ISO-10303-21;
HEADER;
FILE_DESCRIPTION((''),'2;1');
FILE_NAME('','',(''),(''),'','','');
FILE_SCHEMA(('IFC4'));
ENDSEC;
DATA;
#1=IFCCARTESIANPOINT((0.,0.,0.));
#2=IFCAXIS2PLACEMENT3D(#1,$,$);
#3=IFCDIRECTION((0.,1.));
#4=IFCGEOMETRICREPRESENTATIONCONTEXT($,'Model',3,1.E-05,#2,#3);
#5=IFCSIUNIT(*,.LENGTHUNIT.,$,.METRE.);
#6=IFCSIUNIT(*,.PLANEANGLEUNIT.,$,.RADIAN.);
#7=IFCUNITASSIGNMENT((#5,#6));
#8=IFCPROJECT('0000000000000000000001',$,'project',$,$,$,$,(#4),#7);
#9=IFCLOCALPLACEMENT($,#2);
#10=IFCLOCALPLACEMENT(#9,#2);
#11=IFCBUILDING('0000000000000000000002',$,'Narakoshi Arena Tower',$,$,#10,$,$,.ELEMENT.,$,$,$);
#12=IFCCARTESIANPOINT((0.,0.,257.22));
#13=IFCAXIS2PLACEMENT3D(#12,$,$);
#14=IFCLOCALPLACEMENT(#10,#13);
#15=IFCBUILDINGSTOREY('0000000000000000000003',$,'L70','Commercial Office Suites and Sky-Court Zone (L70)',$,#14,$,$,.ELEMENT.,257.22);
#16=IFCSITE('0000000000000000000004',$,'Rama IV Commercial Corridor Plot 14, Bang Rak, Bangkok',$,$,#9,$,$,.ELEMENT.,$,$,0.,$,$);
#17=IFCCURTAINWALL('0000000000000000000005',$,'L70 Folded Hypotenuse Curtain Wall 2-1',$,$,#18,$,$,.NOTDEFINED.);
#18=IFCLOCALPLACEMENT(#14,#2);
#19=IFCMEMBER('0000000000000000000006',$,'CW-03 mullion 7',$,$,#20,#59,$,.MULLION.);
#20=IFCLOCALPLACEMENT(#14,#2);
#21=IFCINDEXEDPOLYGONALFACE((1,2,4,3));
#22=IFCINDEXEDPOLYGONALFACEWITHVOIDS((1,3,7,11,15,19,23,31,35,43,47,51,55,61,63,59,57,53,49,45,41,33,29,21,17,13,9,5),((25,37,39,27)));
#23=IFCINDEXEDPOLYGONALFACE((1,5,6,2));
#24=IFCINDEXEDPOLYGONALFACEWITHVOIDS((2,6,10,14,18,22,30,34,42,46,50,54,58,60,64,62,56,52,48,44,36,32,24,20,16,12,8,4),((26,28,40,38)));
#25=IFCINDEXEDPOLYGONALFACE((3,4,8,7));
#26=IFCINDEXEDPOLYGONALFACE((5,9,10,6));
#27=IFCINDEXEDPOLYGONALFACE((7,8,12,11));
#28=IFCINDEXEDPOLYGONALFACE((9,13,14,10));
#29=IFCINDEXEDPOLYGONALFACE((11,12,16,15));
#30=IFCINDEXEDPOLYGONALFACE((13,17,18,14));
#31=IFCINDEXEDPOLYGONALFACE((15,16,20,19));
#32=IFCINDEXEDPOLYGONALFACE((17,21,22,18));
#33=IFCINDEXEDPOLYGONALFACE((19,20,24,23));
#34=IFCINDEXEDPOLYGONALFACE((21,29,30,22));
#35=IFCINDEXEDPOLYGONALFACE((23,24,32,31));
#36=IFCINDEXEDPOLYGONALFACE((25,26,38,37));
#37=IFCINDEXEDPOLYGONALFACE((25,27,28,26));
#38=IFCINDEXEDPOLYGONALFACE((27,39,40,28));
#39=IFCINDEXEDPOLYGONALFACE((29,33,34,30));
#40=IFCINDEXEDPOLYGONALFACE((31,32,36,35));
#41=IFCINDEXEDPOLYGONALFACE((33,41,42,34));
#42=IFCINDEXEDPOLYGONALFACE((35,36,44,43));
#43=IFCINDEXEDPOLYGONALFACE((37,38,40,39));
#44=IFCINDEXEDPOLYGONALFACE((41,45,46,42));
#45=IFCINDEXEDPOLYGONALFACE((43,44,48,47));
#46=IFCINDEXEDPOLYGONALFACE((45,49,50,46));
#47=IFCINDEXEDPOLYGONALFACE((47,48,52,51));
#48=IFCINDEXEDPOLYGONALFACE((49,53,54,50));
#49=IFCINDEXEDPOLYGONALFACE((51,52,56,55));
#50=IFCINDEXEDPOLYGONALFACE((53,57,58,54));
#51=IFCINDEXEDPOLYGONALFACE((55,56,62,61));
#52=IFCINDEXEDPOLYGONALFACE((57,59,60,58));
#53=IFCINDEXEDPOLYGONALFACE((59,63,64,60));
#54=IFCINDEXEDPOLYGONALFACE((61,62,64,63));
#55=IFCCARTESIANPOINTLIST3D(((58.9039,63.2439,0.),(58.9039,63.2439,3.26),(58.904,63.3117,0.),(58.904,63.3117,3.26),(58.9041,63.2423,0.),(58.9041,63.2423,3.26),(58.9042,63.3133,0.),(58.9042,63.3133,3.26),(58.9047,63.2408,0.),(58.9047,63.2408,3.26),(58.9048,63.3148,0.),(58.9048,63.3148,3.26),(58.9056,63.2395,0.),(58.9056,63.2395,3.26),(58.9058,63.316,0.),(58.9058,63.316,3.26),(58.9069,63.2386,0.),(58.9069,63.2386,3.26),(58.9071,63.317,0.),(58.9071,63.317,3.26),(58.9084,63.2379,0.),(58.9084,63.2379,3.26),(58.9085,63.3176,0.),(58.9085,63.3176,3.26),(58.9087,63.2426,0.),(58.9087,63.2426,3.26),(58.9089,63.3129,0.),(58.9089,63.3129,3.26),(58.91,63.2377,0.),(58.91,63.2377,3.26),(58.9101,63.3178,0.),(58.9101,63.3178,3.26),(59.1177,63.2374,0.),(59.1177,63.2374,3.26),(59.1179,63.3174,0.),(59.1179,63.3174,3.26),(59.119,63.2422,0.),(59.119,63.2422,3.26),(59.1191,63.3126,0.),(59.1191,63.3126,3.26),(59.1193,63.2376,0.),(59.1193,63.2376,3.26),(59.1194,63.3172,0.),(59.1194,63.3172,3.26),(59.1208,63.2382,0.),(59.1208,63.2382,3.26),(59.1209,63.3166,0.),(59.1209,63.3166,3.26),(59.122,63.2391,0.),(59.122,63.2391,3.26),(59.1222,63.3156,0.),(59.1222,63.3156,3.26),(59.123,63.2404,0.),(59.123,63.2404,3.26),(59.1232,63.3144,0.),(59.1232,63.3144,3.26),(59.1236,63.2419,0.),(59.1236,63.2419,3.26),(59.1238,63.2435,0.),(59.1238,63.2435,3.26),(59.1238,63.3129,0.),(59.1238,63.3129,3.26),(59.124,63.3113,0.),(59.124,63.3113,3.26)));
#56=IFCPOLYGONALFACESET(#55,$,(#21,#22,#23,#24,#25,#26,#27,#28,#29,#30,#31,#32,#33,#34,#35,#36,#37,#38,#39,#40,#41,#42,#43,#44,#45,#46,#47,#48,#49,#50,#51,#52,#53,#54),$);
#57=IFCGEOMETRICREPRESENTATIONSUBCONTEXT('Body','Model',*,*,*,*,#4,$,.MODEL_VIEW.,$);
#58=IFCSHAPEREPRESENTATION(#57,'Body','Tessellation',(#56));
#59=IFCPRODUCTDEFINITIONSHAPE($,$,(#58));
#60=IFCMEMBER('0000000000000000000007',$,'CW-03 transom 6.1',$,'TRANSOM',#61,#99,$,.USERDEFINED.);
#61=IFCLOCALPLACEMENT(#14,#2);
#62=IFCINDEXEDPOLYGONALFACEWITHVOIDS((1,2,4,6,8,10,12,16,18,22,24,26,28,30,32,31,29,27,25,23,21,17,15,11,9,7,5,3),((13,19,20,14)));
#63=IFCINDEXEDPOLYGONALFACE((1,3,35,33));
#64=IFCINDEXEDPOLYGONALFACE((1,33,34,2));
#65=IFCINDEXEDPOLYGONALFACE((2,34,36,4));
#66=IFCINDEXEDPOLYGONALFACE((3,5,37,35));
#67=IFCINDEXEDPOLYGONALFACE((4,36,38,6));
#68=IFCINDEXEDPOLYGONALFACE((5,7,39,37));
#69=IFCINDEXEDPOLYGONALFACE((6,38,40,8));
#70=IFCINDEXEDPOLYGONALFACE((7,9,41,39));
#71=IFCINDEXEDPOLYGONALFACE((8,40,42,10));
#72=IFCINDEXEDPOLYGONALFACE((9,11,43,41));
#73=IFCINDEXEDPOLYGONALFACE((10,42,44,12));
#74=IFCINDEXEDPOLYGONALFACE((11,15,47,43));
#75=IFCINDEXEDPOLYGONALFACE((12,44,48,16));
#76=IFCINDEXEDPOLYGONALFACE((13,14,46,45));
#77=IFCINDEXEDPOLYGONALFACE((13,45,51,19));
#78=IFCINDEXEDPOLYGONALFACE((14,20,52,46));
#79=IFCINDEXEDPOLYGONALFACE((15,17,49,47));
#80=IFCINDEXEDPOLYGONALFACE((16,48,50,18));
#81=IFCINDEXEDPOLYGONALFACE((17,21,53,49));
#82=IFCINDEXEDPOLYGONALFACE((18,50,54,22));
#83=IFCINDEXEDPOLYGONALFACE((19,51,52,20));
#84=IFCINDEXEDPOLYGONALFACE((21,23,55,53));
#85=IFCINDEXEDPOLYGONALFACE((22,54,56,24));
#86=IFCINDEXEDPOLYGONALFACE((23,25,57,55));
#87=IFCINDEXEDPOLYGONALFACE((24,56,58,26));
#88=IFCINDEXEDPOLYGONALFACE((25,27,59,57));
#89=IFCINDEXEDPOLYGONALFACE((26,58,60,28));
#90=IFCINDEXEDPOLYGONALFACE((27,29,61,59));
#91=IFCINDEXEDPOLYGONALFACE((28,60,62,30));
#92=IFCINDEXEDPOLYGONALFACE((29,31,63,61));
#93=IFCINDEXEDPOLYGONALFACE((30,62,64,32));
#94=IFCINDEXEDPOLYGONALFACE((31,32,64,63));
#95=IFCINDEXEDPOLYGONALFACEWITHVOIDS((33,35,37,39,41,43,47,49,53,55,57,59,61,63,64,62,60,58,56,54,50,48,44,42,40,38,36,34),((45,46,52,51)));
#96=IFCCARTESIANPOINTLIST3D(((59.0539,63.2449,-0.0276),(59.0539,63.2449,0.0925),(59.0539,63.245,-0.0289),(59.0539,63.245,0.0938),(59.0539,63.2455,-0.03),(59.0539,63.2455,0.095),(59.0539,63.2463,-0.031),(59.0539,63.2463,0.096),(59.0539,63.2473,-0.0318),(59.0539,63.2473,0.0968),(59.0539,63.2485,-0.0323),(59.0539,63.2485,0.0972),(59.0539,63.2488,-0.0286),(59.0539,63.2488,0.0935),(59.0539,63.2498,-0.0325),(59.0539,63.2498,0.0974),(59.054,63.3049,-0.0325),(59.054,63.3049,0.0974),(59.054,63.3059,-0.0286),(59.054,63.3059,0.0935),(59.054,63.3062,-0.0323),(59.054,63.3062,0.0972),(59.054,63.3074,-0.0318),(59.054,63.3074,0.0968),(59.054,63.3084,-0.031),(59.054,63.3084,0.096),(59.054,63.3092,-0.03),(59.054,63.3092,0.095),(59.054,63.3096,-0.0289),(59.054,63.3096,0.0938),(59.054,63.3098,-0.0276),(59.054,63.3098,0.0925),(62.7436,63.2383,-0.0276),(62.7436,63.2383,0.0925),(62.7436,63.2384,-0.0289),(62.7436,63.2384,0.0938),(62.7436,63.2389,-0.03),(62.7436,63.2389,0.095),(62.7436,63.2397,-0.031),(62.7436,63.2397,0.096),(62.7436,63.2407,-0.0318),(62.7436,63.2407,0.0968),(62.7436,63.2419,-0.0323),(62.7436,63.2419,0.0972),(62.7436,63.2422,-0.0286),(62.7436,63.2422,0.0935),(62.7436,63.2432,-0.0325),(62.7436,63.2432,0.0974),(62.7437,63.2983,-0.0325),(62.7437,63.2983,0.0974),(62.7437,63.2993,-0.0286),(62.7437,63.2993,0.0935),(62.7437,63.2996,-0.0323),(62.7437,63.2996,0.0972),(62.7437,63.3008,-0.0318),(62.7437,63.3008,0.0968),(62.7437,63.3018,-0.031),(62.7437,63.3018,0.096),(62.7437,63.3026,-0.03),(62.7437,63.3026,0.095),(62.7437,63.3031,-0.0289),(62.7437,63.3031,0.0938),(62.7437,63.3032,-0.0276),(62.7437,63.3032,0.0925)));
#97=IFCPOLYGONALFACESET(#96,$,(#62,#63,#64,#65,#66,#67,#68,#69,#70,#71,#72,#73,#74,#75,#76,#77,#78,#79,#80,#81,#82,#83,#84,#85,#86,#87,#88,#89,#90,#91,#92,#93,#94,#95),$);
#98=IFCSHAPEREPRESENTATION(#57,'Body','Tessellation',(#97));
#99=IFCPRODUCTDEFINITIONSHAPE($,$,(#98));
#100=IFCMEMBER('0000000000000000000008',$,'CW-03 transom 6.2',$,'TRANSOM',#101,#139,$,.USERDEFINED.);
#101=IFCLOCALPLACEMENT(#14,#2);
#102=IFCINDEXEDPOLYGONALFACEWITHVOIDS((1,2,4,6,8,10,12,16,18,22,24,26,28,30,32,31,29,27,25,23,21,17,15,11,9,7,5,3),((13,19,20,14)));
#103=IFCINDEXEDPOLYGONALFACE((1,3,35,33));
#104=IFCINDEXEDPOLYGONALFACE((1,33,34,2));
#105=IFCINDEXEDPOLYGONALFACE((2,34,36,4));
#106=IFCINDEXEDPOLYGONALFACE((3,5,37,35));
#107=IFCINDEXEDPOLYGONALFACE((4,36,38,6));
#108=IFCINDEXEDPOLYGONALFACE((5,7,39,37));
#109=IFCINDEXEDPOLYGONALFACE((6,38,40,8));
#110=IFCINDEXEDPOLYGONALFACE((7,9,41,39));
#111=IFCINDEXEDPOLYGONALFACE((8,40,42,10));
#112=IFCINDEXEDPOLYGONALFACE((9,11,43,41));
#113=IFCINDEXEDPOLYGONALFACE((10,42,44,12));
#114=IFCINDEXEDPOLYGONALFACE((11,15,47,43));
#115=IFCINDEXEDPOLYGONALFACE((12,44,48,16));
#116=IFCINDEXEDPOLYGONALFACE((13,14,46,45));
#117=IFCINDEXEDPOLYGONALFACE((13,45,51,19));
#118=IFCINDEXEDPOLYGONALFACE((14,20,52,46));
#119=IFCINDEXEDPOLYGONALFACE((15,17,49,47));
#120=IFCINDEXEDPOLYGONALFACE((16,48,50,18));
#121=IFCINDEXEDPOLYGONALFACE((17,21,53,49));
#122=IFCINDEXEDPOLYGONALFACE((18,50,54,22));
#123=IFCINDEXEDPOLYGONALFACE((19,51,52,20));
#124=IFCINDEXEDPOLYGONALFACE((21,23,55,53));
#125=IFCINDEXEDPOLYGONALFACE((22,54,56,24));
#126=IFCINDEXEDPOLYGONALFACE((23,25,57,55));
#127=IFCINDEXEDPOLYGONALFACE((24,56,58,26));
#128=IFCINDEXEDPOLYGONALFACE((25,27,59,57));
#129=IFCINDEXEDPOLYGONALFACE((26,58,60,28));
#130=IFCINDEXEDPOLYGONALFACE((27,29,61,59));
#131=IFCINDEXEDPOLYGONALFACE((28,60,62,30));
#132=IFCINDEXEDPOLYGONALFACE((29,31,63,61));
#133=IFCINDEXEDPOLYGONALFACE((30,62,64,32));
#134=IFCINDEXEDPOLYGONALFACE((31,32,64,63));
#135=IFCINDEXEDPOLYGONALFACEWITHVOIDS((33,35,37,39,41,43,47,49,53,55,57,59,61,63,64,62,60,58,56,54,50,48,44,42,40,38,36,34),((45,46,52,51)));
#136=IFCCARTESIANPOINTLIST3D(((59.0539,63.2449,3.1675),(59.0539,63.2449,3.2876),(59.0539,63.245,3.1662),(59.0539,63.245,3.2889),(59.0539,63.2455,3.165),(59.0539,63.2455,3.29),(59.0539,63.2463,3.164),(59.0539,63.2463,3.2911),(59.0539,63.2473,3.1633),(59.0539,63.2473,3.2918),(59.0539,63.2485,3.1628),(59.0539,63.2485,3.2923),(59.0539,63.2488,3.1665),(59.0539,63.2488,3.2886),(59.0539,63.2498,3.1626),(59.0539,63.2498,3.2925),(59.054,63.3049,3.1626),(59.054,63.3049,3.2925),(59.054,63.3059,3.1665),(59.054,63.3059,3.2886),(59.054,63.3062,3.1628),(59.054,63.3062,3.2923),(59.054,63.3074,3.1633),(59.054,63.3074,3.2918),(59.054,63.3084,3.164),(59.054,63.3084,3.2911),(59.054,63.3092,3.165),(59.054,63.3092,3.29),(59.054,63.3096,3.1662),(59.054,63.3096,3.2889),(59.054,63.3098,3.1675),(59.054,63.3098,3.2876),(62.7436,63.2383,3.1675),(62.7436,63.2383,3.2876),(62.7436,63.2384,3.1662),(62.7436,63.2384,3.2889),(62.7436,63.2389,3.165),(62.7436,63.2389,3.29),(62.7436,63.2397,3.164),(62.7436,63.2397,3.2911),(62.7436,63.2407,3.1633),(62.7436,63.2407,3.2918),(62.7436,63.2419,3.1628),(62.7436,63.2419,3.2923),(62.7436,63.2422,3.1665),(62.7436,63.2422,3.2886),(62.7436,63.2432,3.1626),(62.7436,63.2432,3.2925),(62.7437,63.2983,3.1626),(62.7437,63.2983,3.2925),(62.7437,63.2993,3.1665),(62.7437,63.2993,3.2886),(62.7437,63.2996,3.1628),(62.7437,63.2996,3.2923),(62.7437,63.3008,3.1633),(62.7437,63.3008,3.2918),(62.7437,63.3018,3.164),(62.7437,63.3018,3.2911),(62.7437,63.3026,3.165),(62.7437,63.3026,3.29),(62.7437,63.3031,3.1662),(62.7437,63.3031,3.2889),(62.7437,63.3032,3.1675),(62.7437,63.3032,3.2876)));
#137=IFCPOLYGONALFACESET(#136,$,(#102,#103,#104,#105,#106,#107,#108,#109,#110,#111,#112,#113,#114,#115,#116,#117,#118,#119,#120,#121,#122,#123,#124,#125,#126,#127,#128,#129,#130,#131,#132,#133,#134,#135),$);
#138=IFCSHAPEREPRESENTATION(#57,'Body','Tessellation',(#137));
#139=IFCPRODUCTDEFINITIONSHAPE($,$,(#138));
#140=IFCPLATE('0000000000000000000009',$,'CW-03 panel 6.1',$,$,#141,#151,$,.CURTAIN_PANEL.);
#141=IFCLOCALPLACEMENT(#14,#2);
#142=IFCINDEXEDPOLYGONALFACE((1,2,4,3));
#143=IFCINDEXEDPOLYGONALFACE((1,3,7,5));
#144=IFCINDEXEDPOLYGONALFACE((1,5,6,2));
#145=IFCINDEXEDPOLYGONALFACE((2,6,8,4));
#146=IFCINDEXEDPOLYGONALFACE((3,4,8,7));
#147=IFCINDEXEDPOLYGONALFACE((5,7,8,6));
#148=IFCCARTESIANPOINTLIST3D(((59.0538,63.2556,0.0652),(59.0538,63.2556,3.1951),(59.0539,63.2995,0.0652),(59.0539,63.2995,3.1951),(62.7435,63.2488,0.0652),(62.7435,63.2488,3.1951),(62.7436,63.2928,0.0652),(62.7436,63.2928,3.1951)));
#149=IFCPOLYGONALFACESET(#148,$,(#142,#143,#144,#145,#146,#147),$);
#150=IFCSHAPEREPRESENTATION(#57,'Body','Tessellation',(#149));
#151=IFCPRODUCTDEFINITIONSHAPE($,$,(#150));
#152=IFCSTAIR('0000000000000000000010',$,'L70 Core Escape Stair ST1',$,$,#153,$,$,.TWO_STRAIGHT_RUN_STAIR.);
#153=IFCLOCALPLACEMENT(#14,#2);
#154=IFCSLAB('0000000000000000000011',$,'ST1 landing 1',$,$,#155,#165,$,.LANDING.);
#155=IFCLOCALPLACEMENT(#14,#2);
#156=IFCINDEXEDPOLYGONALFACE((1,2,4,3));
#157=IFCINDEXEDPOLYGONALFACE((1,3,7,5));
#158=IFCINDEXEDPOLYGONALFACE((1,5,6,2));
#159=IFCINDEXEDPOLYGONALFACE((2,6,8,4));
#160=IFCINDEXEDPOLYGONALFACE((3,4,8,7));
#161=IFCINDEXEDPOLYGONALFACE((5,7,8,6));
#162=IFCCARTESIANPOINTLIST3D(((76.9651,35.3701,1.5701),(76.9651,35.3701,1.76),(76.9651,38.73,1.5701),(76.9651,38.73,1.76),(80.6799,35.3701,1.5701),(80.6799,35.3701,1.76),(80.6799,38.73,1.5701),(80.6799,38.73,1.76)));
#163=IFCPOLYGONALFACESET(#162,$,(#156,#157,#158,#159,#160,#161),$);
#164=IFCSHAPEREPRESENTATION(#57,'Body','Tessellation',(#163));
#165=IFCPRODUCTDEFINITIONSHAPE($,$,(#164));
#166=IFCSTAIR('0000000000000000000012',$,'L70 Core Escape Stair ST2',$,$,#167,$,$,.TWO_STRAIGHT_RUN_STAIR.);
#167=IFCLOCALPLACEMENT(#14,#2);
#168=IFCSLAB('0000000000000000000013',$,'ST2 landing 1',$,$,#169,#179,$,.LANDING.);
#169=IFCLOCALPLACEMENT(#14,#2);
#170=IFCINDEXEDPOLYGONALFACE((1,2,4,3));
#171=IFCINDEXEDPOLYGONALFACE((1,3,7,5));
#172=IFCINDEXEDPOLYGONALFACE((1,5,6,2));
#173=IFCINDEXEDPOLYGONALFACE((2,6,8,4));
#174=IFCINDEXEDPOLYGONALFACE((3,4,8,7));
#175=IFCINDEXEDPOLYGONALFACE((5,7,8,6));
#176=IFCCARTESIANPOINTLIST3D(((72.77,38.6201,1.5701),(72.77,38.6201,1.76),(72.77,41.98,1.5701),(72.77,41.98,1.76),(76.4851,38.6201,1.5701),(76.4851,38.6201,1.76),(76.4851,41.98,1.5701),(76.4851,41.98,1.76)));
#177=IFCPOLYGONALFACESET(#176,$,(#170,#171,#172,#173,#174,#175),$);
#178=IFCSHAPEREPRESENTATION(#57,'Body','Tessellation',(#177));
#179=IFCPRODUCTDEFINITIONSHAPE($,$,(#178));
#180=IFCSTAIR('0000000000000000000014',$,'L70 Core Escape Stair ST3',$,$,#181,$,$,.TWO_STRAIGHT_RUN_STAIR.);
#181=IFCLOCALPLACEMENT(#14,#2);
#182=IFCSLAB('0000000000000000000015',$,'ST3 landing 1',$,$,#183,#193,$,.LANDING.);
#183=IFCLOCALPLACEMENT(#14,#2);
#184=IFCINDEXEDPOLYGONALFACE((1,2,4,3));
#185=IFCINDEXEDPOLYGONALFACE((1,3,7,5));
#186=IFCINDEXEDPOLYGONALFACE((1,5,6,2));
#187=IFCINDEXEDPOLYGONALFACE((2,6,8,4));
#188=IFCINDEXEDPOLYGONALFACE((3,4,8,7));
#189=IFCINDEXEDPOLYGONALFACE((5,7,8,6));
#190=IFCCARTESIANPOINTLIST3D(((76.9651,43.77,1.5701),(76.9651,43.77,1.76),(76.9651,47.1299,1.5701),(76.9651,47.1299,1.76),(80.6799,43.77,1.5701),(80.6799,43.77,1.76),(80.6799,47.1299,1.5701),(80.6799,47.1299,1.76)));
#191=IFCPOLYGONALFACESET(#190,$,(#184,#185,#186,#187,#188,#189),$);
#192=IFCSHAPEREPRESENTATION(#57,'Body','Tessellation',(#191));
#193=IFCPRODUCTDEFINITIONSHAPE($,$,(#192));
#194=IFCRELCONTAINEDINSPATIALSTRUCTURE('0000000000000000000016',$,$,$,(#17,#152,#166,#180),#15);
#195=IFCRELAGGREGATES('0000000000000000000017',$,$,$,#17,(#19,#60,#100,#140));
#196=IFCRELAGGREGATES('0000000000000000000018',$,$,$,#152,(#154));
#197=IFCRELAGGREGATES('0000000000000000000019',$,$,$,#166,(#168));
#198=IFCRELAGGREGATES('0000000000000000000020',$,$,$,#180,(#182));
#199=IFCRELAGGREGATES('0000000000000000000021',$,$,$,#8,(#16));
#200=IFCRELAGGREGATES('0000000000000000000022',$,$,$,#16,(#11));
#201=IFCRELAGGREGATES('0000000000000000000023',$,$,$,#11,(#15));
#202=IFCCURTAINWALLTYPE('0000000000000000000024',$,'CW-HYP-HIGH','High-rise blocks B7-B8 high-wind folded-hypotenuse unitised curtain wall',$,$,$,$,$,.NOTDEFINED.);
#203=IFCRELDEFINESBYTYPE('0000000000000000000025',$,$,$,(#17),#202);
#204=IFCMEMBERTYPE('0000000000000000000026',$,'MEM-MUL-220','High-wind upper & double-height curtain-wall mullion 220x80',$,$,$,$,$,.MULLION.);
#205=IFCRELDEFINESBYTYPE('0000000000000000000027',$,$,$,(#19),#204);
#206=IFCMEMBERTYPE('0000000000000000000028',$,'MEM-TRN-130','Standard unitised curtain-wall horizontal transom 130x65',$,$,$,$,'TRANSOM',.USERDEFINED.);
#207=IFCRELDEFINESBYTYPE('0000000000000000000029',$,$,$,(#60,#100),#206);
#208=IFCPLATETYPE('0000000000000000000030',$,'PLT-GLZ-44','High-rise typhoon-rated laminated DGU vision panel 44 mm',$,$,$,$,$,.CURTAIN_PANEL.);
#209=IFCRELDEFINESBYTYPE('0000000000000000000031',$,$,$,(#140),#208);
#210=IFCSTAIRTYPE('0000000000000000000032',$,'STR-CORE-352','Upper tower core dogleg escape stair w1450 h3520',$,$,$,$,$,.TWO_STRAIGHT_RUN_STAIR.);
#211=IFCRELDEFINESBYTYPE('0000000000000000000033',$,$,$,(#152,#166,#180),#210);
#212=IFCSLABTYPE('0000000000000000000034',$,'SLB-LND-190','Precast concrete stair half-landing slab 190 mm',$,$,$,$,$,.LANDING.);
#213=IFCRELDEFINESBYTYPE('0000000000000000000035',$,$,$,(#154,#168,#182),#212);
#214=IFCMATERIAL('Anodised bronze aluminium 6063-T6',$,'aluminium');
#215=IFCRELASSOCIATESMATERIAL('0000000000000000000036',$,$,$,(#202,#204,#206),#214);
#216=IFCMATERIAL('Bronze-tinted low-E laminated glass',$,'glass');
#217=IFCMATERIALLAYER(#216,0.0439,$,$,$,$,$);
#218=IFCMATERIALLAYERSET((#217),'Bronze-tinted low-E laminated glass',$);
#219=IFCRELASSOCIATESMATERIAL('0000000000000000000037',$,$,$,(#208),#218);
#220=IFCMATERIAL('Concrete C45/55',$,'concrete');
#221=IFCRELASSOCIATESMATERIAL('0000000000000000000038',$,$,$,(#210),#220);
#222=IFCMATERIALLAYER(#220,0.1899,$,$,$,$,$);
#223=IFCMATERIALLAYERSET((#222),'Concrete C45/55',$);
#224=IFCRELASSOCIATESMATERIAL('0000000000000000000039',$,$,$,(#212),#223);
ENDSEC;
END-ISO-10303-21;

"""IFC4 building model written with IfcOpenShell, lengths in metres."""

from ifc_helpers import new_model, si_unit, direction, frame, origin, origin_2d, place, context, subcontext, project, spatial, polyline, rectangle, hollow_rectangle, outline, extrude, material, layer, layer_set, material_profile, profile_set, type_object, element, aggregate, save


model = new_model("IFC4")

# Units and contexts
model_context = context("Model", 3, precision=1e-05, world=origin(), true_north=direction((0.0, 1.0)))
body_context = subcontext(model_context, "Body", "Model", "MODEL_VIEW")
ifc_project = project(units=[si_unit("LENGTHUNIT", "METRE"), si_unit("PLANEANGLEUNIT", "RADIAN")], contexts=[model_context])

# Site, building, storey
site_placement = place(None, origin())
site = spatial("IfcSite", under=ifc_project, at=site_placement, Name="Rama IV Commercial Corridor Plot 14, Bang Rak, Bangkok", CompositionType="ELEMENT", RefElevation=0.0)
building_placement = place(site_placement, origin())
building = spatial("IfcBuilding", under=site, at=building_placement, Name="Narakoshi Arena Tower", CompositionType="ELEMENT")
storey_placement = place(building_placement, frame((0.0, 0.0, 257.22)))
storey = spatial("IfcBuildingStorey", under=building, at=storey_placement, Name="L70", Description="Commercial Office Suites and Sky-Court Zone (L70)", CompositionType="ELEMENT", Elevation=257.22)

# Curtain wall, members, plate
ifc_material_1 = material(Name="Anodised bronze aluminium 6063-T6", Category="aluminium")
curtain_wall_type = type_object("IfcCurtainWallType", Name="CW-HYP-HIGH", Description="High-rise blocks B7-B8 high-wind folded-hypotenuse unitised curtain wall", PredefinedType="NOTDEFINED", material=ifc_material_1)
curtain_wall_placement = place(storey_placement, origin())
curtain_wall = element("IfcCurtainWall", 1, at=curtain_wall_placement, inside=storey, type_object=curtain_wall_type, Name="L70 Folded Hypotenuse Curtain Wall 2-1", PredefinedType="NOTDEFINED")
ifc_material_profile_1 = material_profile(ifc_material_1, hollow_rectangle(XDim=0.0801, YDim=0.22, WallThickness=0.0049, OuterFilletRadius=0.0061, at=origin_2d()), Name="MUL220x80x5")
ifc_profile_set_1 = profile_set([ifc_material_profile_1], Name="Anodised bronze aluminium 6063-T6")
member_type_1 = type_object("IfcMemberType", Name="MEM-MUL-220", Description="High-wind upper & double-height curtain-wall mullion 220x80", PredefinedType="MULLION", material=ifc_profile_set_1)
member_1_placement = place(storey_placement, frame((59.0139, 63.2776, 0.0), z_axis=(0.0, 0.0, 1.0), x_axis=(-0.00182, -0.999998, 0.0)))
member_1 = element("IfcMember", 2, at=member_1_placement, type_object=member_type_1, Name="CW-03 mullion 7", PredefinedType="MULLION", context=body_context, shape_type="SweptSolid", body=[
    extrude(hollow_rectangle(XDim=0.0801, YDim=0.22, WallThickness=0.0049, OuterFilletRadius=0.0061, at=origin_2d()), origin(), (0.0, 0.0, 1.0), 3.26),
])
ifc_material_profile_2 = material_profile(ifc_material_1, hollow_rectangle(XDim=0.0649, YDim=0.1299, WallThickness=0.0039, OuterFilletRadius=0.0049, at=origin_2d()), Name="TRN130x65x4")
ifc_profile_set_2 = profile_set([ifc_material_profile_2], Name="Anodised bronze aluminium 6063-T6")
member_type_2 = type_object("IfcMemberType", Name="MEM-TRN-130", Description="Standard unitised curtain-wall horizontal transom 130x65", ElementType="TRANSOM", PredefinedType="USERDEFINED", material=ifc_profile_set_2)
member_2_placement = place(storey_placement, frame((62.7437, 63.2708, 0.0325), z_axis=(-0.999998, 0.001787, 0.0), x_axis=(-0.001787, -0.999998, 0.0)))
member_2 = element("IfcMember", 3, at=member_2_placement, type_object=member_type_2, Name="CW-03 transom 6.1", ObjectType="TRANSOM", PredefinedType="USERDEFINED", context=body_context, shape_type="SweptSolid", body=[
    extrude(hollow_rectangle(XDim=0.0649, YDim=0.1299, WallThickness=0.0039, OuterFilletRadius=0.0049, at=origin_2d()), origin(), (0.0, 0.0, 1.0), 3.6897),
])
member_3_placement = place(storey_placement, frame((62.7437, 63.2708, 3.2275), z_axis=(-0.999998, 0.001787, 0.0), x_axis=(-0.001787, -0.999998, 0.0)))
member_3 = element("IfcMember", 4, at=member_3_placement, type_object=member_type_2, Name="CW-03 transom 6.2", ObjectType="TRANSOM", PredefinedType="USERDEFINED", context=body_context, shape_type="SweptSolid", body=[
    extrude(hollow_rectangle(XDim=0.0649, YDim=0.1299, WallThickness=0.0039, OuterFilletRadius=0.0049, at=origin_2d()), origin(), (0.0, 0.0, 1.0), 3.6897),
])
ifc_material_2 = material(Name="Bronze-tinted low-E laminated glass", Category="glass")
ifc_layer_1 = layer(ifc_material_2, 0.0439)
ifc_layer_set_1 = layer_set([ifc_layer_1], Name="Bronze-tinted low-E laminated glass")
plate_type = type_object("IfcPlateType", Name="PLT-GLZ-44", Description="High-rise typhoon-rated laminated DGU vision panel 44 mm", PredefinedType="CURTAIN_PANEL", material=ifc_layer_set_1)
plate_placement = place(storey_placement, frame((60.8987, 63.2742, 0.0652), z_axis=(0.0, 0.0, 1.0), x_axis=(-0.999998, 0.00182, 0.0)))
plate = element("IfcPlate", 5, at=plate_placement, type_object=plate_type, Name="CW-03 panel 6.1", PredefinedType="CURTAIN_PANEL", context=body_context, shape_type="SweptSolid", body=[
    extrude(rectangle(XDim=3.6897, YDim=0.0439, at=origin_2d()), origin(), (0.0, 0.0, 1.0), 3.1299),
])
aggregate(curtain_wall, [member_1, member_2, member_3, plate])

# Stairs, slabs
ifc_material_3 = material(Name="Concrete C45/55", Category="concrete")
stair_type = type_object("IfcStairType", Name="STR-CORE-352", Description="Upper tower core dogleg escape stair w1450 h3520", PredefinedType="TWO_STRAIGHT_RUN_STAIR", material=ifc_material_3)
stair_1_placement = place(storey_placement, origin())
stair_1 = element("IfcStair", 6, at=stair_1_placement, inside=storey, type_object=stair_type, Name="L70 Core Escape Stair ST1", PredefinedType="TWO_STRAIGHT_RUN_STAIR")
ifc_layer_2 = layer(ifc_material_3, 0.1899)
ifc_layer_set_2 = layer_set([ifc_layer_2], Name="Concrete C45/55")
slab_type_1 = type_object("IfcSlabType", Name="SLB-LND-190", Description="Precast concrete stair half-landing slab 190 mm", PredefinedType="LANDING", material=ifc_layer_set_2)
slab_1_placement = place(storey_placement, frame((0.0, 0.0, 1.5701)))
slab_1 = element("IfcSlab", 7, at=slab_1_placement, type_object=slab_type_1, Name="ST1 landing 1", PredefinedType="LANDING", context=body_context, shape_type="SweptSolid", body=[
    extrude(outline(polyline([(76.9651, 35.3701), (80.6799, 35.3701), (80.6799, 38.73), (76.9651, 38.73), (76.9651, 35.3701)])), origin(), (0.0, 0.0, 1.0), 0.1899),
])
aggregate(stair_1, [slab_1])
stair_2_placement = place(storey_placement, origin())
stair_2 = element("IfcStair", 8, at=stair_2_placement, inside=storey, type_object=stair_type, Name="L70 Core Escape Stair ST2", PredefinedType="TWO_STRAIGHT_RUN_STAIR")
slab_2_placement = place(storey_placement, frame((0.0, 0.0, 1.5701)))
slab_2 = element("IfcSlab", 9, at=slab_2_placement, type_object=slab_type_1, Name="ST2 landing 1", PredefinedType="LANDING", context=body_context, shape_type="SweptSolid", body=[
    extrude(outline(polyline([(72.77, 38.6201), (76.4851, 38.6201), (76.4851, 41.98), (72.77, 41.98), (72.77, 38.6201)])), origin(), (0.0, 0.0, 1.0), 0.1899),
])
aggregate(stair_2, [slab_2])
stair_3_placement = place(storey_placement, origin())
stair_3 = element("IfcStair", 10, at=stair_3_placement, inside=storey, type_object=stair_type, Name="L70 Core Escape Stair ST3", PredefinedType="TWO_STRAIGHT_RUN_STAIR")
slab_3_placement = place(storey_placement, frame((0.0, 0.0, 1.5701)))
slab_3 = element("IfcSlab", 11, at=slab_3_placement, type_object=slab_type_1, Name="ST3 landing 1", PredefinedType="LANDING", context=body_context, shape_type="SweptSolid", body=[
    extrude(outline(polyline([(76.9651, 43.77), (80.6799, 43.77), (80.6799, 47.1299), (76.9651, 47.1299), (76.9651, 43.77)])), origin(), (0.0, 0.0, 1.0), 0.1899),
])
aggregate(stair_3, [slab_3])

save(model, "model.ifc")
